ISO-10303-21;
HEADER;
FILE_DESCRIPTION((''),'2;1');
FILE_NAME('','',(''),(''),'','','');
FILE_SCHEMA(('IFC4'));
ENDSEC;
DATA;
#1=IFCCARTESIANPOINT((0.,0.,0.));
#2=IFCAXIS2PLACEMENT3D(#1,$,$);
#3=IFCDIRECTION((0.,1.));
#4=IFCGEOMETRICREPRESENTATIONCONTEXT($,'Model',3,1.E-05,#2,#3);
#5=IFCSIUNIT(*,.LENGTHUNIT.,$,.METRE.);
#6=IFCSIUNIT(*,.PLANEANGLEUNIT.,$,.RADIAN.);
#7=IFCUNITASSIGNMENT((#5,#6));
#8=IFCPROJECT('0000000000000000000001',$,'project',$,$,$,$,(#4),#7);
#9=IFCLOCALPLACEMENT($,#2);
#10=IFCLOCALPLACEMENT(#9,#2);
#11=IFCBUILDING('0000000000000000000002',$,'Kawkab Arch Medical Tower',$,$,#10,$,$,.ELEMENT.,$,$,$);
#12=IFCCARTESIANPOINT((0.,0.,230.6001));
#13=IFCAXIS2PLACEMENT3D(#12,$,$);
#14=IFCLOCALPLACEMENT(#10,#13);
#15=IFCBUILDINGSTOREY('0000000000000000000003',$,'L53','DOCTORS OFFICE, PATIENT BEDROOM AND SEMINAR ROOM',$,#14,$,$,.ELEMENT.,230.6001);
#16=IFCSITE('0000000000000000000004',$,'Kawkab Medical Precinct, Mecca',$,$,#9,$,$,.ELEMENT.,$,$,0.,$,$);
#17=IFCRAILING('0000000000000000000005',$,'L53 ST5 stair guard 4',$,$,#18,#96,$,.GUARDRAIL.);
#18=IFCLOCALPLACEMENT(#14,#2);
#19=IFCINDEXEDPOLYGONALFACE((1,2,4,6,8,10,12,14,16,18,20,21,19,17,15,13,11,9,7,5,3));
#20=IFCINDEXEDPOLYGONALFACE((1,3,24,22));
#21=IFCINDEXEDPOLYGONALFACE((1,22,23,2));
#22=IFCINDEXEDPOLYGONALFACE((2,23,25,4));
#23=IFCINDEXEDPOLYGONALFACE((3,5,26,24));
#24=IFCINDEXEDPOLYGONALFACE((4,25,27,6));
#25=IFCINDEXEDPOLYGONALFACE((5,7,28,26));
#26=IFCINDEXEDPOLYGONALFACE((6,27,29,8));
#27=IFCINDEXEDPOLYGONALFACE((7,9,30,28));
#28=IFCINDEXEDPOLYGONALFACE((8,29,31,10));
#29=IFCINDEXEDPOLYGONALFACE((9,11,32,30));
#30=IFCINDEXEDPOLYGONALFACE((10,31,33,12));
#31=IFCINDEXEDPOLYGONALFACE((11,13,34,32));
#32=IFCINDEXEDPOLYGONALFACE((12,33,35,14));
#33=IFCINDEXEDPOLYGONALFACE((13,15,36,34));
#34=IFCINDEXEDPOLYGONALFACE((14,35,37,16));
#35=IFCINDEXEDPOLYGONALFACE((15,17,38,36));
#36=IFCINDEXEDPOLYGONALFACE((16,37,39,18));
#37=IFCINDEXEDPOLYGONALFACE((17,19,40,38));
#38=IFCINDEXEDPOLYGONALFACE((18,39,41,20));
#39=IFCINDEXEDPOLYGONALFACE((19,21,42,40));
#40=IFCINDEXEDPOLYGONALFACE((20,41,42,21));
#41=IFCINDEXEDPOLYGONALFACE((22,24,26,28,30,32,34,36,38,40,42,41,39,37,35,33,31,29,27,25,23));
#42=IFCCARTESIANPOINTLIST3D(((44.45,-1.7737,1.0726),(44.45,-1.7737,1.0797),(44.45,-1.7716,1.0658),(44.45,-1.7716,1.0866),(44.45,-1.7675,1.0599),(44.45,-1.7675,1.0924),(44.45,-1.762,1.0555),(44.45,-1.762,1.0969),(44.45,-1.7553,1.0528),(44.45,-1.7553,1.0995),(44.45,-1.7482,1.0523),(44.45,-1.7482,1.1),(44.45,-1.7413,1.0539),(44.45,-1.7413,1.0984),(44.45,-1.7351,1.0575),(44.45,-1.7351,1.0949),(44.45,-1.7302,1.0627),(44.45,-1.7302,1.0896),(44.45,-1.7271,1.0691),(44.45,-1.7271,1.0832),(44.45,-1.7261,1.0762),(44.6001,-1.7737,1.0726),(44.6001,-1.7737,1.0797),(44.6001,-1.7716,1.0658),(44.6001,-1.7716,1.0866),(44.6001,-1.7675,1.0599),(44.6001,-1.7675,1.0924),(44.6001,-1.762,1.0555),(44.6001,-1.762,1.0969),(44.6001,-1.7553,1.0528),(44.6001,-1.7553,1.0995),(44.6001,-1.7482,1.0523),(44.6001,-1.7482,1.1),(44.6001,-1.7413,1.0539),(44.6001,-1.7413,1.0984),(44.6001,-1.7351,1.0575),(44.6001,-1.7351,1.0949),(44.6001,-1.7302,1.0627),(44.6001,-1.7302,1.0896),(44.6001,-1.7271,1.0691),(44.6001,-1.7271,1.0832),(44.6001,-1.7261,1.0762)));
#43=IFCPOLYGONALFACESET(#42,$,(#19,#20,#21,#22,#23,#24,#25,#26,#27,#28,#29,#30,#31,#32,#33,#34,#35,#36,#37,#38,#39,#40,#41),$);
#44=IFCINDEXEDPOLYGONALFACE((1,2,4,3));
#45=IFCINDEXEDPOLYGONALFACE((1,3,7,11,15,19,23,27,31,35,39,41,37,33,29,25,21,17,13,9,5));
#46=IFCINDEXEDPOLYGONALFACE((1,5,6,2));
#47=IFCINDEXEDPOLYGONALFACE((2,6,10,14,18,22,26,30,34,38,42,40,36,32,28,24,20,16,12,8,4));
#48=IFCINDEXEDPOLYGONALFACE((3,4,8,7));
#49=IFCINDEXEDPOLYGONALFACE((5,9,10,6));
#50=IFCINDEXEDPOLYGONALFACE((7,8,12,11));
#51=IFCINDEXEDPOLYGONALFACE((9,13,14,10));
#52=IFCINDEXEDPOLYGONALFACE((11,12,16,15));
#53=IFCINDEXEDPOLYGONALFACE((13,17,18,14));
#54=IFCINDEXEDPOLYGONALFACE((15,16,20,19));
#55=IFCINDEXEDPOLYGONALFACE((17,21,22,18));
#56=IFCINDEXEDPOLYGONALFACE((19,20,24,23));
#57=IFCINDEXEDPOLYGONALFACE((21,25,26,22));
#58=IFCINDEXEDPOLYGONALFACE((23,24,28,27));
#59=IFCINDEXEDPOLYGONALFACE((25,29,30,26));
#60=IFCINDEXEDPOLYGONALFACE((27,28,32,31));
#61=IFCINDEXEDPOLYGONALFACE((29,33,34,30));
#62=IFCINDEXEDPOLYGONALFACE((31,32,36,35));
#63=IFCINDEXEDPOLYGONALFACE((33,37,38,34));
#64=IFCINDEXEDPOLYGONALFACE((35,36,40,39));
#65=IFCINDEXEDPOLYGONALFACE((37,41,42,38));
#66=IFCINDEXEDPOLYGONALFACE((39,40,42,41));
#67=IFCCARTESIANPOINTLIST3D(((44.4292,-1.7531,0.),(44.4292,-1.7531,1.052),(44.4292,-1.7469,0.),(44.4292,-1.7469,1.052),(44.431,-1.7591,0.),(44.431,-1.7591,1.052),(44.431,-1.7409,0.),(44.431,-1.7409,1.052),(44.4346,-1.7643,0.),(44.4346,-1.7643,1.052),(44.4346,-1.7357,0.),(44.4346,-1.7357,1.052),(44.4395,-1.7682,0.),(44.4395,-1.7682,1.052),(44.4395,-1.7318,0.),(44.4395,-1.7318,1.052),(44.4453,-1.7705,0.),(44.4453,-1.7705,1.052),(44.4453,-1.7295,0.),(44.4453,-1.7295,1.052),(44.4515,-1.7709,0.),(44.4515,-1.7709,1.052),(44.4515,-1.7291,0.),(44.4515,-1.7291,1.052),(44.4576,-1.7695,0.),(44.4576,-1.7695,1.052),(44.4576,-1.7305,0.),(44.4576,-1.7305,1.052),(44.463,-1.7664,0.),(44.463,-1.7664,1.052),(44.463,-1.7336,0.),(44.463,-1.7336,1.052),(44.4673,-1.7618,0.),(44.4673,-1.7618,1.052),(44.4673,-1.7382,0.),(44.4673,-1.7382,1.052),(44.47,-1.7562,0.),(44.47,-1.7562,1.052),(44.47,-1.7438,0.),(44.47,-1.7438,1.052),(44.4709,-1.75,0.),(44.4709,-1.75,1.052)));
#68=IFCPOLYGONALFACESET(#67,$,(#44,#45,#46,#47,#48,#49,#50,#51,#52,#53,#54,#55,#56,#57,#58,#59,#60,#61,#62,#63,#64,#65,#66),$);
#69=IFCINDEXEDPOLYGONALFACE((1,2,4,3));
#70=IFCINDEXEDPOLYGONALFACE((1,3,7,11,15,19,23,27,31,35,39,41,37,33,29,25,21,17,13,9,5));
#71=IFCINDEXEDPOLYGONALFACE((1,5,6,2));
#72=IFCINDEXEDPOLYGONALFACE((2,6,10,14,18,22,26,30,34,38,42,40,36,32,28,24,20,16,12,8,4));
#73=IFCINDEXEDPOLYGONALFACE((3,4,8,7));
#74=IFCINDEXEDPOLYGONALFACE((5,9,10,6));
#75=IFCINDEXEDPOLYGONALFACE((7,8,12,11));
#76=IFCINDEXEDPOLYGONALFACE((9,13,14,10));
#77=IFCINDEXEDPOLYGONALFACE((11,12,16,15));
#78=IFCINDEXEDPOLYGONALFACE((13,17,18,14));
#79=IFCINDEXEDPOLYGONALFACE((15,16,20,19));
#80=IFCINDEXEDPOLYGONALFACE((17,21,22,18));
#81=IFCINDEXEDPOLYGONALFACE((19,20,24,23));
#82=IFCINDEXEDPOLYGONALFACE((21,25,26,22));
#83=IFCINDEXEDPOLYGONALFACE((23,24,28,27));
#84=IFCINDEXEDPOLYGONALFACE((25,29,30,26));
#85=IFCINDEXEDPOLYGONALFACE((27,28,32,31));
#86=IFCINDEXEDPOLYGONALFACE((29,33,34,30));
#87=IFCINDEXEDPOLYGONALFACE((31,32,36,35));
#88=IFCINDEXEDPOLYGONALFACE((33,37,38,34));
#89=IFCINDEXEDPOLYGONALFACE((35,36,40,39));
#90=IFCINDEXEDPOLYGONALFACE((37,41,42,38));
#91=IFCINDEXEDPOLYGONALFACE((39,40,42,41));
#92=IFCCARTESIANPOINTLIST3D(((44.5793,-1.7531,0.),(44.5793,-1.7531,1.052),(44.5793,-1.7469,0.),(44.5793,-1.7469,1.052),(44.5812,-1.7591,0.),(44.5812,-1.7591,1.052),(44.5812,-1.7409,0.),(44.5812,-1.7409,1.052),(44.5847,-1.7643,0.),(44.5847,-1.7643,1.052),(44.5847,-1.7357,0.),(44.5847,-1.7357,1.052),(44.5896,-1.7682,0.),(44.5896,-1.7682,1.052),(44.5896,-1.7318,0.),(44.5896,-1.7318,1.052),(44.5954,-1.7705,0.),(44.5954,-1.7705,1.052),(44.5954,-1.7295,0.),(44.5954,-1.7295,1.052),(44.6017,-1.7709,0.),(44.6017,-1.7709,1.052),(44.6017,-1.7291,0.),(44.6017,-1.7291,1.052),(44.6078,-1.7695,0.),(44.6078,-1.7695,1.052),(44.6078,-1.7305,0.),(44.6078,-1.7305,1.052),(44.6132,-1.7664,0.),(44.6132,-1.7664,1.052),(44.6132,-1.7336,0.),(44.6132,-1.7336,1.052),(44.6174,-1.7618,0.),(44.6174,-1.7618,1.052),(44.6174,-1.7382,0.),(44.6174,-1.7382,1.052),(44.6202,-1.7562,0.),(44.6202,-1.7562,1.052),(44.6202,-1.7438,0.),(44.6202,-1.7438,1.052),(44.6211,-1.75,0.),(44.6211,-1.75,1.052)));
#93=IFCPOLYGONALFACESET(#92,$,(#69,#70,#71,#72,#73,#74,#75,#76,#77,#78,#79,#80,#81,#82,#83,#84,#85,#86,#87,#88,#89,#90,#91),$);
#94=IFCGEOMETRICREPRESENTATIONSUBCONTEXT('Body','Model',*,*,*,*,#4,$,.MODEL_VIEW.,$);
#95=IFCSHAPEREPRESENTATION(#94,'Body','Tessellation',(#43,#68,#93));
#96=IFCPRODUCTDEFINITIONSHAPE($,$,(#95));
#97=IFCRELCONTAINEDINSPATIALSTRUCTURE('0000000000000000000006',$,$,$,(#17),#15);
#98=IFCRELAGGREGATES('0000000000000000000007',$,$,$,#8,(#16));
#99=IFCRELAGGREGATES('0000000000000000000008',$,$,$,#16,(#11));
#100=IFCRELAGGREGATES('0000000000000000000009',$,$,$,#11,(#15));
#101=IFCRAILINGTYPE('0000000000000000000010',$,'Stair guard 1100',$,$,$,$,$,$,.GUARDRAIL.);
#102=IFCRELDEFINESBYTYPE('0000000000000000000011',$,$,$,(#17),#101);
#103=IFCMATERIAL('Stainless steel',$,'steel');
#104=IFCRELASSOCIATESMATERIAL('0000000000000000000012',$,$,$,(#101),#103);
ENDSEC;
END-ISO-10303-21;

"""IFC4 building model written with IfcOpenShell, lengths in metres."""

from ifc_helpers import new_model, si_unit, direction, frame, origin, origin_2d, place, context, subcontext, project, spatial, circle, extrude, material, type_object, element, save


model = new_model("IFC4")

# Units and contexts
model_context = context("Model", 3, precision=1e-05, world=origin(), true_north=direction((0.0, 1.0)))
body_context = subcontext(model_context, "Body", "Model", "MODEL_VIEW")
ifc_project = project(units=[si_unit("LENGTHUNIT", "METRE"), si_unit("PLANEANGLEUNIT", "RADIAN")], contexts=[model_context])

# Site, building, storey
site_placement = place(None, origin())
site = spatial("IfcSite", under=ifc_project, at=site_placement, Name="Kawkab Medical Precinct, Mecca", CompositionType="ELEMENT", RefElevation=0.0)
building_placement = place(site_placement, origin())
building = spatial("IfcBuilding", under=site, at=building_placement, Name="Kawkab Arch Medical Tower", CompositionType="ELEMENT")
storey_placement = place(building_placement, frame((0.0, 0.0, 230.6001)))
storey = spatial("IfcBuildingStorey", under=building, at=storey_placement, Name="L53", Description="DOCTORS OFFICE, PATIENT BEDROOM AND SEMINAR ROOM", CompositionType="ELEMENT", Elevation=230.6001)

# Railing
ifc_material_1 = material(Name="Stainless steel", Category="steel")
railing_type = type_object("IfcRailingType", Name="Stair guard 1100", PredefinedType="GUARDRAIL", material=ifc_material_1)
railing_1_placement = place(storey_placement, frame((44.45, -1.75, 0.0)))
element("IfcRailing", 1, at=railing_1_placement, inside=storey, type_object=railing_type, Name="L53 ST5 stair guard 4", PredefinedType="GUARDRAIL", context=body_context, shape_type="SweptSolid", body=[
    extrude(circle(Radius=0.0239, at=origin_2d()), frame((0.0, 0.0, 1.0762), z_axis=(1.0, 0.0, 0.0), x_axis=(0.0, 1.0, 0.0)), (0.0, 0.0, 1.0), 0.1501),
    extrude(circle(Radius=0.021, at=origin_2d()), origin(), (0.0, 0.0, 1.0), 1.052),
    extrude(circle(Radius=0.021, at=origin_2d()), frame((0.1501, 0.0, 0.0)), (0.0, 0.0, 1.0), 1.052),
])

save(model, "model.ifc")
